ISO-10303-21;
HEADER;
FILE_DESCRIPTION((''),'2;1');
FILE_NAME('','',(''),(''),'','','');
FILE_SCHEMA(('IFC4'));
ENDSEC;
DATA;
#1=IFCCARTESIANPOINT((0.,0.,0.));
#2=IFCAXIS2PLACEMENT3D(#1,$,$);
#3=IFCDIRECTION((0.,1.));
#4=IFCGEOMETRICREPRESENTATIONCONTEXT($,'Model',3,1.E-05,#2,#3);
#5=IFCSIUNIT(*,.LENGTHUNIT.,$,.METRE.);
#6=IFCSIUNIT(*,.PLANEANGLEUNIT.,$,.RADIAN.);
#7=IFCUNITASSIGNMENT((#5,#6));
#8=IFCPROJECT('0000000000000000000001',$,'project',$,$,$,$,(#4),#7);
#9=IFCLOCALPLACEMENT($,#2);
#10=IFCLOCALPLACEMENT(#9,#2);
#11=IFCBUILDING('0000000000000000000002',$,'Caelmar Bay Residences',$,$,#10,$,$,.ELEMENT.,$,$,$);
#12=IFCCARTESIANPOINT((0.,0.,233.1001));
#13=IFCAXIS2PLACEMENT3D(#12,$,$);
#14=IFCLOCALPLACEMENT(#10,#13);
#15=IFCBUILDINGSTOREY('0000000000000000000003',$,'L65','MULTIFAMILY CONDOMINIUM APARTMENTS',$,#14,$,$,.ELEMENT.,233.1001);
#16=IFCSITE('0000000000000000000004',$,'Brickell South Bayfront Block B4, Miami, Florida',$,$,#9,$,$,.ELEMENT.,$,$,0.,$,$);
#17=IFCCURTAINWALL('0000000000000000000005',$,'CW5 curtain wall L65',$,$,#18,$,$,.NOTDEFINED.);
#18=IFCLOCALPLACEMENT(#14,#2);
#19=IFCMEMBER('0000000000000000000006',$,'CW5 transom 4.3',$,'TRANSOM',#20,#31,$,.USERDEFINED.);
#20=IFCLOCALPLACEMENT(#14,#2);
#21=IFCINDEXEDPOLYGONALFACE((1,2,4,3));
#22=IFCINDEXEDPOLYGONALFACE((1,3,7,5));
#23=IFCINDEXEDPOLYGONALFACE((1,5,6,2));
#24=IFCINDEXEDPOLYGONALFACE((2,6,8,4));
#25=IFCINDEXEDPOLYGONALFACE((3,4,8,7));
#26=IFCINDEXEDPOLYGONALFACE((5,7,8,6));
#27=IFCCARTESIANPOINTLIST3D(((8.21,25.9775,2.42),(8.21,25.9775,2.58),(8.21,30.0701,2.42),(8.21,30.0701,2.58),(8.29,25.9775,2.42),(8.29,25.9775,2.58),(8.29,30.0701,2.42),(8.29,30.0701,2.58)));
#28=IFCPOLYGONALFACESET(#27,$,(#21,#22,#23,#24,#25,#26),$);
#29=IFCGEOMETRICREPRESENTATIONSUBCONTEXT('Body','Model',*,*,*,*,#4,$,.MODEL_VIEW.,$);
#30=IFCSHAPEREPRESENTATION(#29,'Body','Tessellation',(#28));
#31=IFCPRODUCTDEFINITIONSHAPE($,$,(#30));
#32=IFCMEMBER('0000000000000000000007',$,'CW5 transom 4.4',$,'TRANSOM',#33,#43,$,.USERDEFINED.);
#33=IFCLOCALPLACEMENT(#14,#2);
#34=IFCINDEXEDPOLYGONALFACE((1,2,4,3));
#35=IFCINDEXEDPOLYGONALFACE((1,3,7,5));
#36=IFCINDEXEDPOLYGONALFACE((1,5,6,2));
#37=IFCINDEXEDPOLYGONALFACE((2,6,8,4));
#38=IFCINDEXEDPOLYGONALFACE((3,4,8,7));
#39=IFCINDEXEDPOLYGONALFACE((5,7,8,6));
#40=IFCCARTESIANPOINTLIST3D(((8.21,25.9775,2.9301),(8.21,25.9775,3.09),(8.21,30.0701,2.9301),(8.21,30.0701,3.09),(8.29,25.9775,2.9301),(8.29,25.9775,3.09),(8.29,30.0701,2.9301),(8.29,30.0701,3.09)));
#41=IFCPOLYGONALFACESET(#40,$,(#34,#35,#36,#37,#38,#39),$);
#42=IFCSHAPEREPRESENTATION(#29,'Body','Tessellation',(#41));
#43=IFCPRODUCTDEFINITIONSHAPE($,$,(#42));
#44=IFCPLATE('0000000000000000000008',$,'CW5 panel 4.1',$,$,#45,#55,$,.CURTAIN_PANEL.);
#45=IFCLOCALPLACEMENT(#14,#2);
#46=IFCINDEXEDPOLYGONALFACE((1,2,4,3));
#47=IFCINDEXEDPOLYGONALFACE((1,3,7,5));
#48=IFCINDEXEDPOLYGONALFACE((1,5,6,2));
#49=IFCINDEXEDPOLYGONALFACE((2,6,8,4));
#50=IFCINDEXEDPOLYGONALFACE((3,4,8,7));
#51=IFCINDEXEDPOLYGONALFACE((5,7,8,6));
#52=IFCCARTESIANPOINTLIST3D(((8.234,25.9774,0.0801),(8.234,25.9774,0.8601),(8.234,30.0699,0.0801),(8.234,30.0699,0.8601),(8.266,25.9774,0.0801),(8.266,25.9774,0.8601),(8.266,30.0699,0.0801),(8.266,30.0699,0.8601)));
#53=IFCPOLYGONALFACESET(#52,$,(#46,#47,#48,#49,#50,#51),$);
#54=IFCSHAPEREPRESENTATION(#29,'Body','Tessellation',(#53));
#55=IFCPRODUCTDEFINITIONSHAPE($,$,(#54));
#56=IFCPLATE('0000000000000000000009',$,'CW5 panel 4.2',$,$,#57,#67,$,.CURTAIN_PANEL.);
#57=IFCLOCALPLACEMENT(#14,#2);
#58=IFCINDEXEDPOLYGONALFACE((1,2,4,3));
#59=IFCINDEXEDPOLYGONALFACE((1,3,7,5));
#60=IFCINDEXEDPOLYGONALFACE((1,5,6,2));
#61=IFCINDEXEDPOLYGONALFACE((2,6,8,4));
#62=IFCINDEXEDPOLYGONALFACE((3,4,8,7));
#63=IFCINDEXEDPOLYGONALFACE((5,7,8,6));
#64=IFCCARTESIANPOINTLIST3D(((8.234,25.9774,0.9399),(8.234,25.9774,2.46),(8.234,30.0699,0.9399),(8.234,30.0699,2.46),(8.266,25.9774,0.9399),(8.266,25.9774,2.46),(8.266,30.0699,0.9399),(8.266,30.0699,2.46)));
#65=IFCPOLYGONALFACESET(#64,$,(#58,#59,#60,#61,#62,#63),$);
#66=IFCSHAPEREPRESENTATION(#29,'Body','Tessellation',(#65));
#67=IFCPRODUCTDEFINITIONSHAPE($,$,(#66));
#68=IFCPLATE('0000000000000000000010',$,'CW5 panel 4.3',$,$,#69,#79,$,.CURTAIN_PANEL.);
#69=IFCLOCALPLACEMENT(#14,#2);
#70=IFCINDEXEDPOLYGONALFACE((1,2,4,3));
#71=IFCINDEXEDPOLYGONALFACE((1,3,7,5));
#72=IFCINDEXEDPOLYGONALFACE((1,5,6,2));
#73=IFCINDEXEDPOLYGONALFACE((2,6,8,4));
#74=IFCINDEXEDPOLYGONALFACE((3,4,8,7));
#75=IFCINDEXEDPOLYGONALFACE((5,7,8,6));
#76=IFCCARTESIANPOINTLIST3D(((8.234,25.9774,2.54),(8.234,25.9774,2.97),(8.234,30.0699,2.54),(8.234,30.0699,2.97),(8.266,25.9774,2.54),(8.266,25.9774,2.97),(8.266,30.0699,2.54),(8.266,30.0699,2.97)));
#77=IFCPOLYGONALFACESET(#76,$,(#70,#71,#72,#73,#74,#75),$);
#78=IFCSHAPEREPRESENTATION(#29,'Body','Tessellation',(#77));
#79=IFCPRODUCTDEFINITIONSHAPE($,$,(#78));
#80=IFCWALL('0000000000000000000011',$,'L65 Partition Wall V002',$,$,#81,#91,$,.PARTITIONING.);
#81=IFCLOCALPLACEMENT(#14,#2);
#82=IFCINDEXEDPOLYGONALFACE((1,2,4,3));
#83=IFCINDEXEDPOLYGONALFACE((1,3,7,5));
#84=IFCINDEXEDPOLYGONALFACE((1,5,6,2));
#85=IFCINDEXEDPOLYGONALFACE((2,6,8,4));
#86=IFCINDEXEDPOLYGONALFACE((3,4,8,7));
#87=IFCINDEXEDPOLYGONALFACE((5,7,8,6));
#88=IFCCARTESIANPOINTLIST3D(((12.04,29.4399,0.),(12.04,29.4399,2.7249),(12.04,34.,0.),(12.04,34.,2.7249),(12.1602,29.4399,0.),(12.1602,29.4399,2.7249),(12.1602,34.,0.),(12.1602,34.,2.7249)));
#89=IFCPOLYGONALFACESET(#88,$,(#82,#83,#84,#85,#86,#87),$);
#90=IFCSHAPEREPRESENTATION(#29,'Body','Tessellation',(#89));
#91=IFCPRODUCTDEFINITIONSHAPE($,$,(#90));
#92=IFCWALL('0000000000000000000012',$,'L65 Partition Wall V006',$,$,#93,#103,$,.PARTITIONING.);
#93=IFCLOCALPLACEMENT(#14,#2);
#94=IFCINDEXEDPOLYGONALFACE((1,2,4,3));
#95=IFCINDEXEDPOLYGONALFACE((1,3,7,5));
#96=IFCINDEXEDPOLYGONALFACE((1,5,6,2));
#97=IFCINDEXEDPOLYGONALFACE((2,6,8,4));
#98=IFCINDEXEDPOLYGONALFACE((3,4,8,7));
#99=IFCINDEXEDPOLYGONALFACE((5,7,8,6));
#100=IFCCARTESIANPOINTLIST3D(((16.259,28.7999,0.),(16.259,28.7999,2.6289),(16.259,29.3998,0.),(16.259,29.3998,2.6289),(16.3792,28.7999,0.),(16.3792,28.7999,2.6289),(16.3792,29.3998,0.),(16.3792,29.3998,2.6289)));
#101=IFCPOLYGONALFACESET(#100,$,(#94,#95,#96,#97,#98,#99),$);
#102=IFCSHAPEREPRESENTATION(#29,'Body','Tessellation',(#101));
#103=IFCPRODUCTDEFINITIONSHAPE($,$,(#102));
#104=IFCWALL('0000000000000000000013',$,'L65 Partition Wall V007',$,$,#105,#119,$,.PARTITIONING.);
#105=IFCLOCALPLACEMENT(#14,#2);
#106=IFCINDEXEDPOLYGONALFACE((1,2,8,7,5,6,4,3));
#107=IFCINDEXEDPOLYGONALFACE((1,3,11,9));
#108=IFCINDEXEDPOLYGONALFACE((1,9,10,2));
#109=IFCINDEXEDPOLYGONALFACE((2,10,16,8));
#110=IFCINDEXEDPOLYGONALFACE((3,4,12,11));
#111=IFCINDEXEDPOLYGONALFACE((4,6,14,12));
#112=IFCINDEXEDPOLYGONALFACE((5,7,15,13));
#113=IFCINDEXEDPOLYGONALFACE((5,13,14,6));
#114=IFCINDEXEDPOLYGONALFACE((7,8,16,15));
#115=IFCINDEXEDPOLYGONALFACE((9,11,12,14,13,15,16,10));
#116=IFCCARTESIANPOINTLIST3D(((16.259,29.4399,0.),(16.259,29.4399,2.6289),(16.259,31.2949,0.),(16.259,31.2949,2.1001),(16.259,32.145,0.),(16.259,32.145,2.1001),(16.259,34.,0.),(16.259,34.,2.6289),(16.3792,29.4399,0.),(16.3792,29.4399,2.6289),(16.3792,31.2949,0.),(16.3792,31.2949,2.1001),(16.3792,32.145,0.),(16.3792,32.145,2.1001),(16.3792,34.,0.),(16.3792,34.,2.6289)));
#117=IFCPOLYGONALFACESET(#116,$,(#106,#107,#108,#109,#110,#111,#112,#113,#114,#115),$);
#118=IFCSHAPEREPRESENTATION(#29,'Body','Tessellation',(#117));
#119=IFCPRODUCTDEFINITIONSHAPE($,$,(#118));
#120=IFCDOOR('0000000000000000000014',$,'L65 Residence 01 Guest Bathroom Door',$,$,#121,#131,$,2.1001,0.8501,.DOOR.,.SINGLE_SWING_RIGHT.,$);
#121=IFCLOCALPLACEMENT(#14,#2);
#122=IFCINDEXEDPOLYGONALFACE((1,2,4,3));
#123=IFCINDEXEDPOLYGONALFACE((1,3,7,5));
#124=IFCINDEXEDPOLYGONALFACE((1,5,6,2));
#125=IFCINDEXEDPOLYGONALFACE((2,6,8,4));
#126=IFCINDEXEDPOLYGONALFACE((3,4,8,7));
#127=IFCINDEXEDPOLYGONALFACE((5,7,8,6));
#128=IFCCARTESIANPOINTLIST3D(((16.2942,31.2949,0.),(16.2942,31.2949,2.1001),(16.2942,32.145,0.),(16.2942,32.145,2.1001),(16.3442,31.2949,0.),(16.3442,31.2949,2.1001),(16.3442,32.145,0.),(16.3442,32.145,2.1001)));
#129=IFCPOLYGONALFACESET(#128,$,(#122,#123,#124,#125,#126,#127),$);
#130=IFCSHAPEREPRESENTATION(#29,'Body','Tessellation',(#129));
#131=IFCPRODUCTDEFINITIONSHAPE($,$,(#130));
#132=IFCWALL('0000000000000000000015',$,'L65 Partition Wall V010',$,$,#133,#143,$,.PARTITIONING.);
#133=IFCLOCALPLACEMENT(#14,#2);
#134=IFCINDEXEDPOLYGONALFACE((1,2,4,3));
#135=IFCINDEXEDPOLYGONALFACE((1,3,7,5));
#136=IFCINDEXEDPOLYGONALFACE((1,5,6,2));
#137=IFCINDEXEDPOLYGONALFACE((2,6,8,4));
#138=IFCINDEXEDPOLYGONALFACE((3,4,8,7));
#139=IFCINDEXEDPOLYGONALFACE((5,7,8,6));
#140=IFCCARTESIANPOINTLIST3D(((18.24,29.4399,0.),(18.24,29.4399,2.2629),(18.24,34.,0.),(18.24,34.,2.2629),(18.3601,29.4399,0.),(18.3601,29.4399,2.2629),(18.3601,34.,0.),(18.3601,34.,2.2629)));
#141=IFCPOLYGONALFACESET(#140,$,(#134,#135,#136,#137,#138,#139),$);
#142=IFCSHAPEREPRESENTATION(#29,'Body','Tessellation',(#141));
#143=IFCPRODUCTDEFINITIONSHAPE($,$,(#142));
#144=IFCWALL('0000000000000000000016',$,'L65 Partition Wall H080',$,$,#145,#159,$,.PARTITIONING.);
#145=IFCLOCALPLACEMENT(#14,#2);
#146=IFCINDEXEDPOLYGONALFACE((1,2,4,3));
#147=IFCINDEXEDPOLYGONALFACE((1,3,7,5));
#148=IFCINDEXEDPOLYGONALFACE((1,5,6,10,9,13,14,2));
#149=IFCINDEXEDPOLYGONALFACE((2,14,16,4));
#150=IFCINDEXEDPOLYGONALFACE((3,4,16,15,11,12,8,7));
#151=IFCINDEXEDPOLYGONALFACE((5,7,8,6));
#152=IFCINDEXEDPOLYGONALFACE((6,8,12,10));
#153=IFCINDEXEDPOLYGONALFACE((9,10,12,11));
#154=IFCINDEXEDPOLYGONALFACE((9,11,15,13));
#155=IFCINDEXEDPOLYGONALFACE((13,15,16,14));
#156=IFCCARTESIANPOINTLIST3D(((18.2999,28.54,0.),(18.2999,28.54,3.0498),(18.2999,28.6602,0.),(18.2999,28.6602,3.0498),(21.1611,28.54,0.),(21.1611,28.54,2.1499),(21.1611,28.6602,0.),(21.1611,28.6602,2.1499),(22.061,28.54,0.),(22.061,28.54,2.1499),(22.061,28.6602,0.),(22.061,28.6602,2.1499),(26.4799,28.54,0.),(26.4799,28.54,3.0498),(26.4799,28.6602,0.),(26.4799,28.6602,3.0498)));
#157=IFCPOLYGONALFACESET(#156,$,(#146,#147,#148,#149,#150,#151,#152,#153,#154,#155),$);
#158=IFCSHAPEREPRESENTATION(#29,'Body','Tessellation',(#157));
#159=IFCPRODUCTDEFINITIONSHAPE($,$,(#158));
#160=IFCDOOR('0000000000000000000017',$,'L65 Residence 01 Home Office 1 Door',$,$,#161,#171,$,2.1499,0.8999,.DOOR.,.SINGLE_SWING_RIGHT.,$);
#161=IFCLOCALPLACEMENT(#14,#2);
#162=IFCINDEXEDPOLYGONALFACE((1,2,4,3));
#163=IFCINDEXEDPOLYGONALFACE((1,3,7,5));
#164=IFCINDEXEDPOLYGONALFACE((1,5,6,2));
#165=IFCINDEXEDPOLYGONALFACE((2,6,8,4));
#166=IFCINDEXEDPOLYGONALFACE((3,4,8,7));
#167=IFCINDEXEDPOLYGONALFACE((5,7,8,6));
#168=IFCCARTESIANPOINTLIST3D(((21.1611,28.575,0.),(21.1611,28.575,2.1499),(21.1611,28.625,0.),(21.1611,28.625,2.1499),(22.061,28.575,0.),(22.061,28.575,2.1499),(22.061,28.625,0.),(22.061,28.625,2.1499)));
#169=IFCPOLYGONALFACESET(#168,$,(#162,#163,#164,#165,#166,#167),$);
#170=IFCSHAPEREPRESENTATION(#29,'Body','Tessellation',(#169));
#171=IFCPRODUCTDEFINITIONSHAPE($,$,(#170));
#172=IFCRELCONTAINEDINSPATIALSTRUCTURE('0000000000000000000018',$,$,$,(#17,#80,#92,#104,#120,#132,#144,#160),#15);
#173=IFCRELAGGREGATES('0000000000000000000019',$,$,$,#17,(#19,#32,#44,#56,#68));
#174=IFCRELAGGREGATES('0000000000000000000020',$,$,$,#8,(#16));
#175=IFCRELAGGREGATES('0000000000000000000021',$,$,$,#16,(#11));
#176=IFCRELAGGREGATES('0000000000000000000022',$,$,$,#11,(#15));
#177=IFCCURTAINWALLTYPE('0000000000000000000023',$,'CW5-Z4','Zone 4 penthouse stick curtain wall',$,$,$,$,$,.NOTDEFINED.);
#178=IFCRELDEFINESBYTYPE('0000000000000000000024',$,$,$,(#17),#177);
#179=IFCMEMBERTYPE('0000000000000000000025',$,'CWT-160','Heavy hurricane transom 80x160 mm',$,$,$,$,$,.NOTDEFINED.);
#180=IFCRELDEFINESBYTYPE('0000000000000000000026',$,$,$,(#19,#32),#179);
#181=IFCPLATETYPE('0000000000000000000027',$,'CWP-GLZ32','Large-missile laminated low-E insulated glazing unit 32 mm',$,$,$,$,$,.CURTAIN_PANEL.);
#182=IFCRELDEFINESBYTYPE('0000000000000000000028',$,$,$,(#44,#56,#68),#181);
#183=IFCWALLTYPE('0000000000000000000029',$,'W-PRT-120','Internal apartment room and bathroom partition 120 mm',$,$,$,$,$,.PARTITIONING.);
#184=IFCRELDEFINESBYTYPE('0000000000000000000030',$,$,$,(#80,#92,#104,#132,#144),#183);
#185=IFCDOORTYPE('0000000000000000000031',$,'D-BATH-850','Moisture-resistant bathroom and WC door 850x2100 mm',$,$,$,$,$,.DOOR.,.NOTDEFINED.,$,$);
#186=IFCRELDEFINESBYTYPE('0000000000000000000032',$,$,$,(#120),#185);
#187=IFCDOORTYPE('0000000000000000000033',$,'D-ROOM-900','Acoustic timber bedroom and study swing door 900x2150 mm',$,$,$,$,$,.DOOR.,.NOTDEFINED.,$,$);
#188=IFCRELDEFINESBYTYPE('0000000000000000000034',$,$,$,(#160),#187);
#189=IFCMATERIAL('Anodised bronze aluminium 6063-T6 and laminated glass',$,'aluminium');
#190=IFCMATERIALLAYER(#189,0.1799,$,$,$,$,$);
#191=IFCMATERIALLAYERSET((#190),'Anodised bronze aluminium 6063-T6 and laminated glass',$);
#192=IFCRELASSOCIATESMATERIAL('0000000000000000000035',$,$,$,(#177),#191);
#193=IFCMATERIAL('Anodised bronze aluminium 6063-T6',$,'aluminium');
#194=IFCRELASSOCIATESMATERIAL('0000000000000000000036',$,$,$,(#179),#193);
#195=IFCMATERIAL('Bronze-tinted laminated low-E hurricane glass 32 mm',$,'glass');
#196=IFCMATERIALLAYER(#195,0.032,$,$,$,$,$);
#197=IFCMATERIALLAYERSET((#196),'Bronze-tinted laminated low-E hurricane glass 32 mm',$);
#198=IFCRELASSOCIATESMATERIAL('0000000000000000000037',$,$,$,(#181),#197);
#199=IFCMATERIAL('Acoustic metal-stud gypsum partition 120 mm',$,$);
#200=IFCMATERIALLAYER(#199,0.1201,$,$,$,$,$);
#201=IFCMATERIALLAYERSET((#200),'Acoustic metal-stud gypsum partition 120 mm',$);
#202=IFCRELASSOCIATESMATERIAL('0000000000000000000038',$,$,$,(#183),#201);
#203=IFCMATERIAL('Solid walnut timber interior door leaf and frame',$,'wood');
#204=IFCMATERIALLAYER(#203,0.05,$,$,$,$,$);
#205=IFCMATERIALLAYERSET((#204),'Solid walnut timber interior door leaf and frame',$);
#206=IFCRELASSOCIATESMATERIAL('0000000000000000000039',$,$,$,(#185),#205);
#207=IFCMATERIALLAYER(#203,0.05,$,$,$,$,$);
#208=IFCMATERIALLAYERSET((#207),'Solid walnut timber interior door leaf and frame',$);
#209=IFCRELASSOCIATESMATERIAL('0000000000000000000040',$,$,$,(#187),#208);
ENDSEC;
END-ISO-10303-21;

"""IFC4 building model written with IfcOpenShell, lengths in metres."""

from ifc_helpers import new_model, si_unit, direction, frame, frame_2d, origin, origin_2d, place, context, subcontext, project, spatial, rectangle, extrude, material, layer, layer_set, material_profile, profile_set, type_object, element, fill, aggregate, save


model = new_model("IFC4")

# Units and contexts
model_context = context("Model", 3, precision=1e-05, world=origin(), true_north=direction((0.0, 1.0)))
body_context = subcontext(model_context, "Body", "Model", "MODEL_VIEW")
ifc_project = project(units=[si_unit("LENGTHUNIT", "METRE"), si_unit("PLANEANGLEUNIT", "RADIAN")], contexts=[model_context])

# Site, building, storey
site_placement = place(None, origin())
site = spatial("IfcSite", under=ifc_project, at=site_placement, Name="Brickell South Bayfront Block B4, Miami, Florida", CompositionType="ELEMENT", RefElevation=0.0)
building_placement = place(site_placement, origin())
building = spatial("IfcBuilding", under=site, at=building_placement, Name="Caelmar Bay Residences", CompositionType="ELEMENT")
storey_placement = place(building_placement, frame((0.0, 0.0, 233.1001)))
storey = spatial("IfcBuildingStorey", under=building, at=storey_placement, Name="L65", Description="MULTIFAMILY CONDOMINIUM APARTMENTS", CompositionType="ELEMENT", Elevation=233.1001)

# Curtain wall, members, plates
ifc_material_1 = material(Name="Anodised bronze aluminium 6063-T6 and laminated glass", Category="aluminium")
ifc_layer_1 = layer(ifc_material_1, 0.1799)
ifc_layer_set_1 = layer_set([ifc_layer_1], Name="Anodised bronze aluminium 6063-T6 and laminated glass")
curtain_wall_type = type_object("IfcCurtainWallType", Name="CW5-Z4", Description="Zone 4 penthouse stick curtain wall", PredefinedType="NOTDEFINED", material=ifc_layer_set_1)
curtain_wall_placement = place(storey_placement, origin())
curtain_wall = element("IfcCurtainWall", 1, at=curtain_wall_placement, inside=storey, type_object=curtain_wall_type, Name="CW5 curtain wall L65", PredefinedType="NOTDEFINED")
ifc_material_2 = material(Name="Anodised bronze aluminium 6063-T6", Category="aluminium")
ifc_material_profile_1 = material_profile(ifc_material_2, rectangle(XDim=0.0801, YDim=0.1599, at=origin_2d()), Name="CWT-80X160")
ifc_profile_set_1 = profile_set([ifc_material_profile_1], Name="Anodised bronze aluminium 6063-T6")
member_type_1 = type_object("IfcMemberType", Name="CWT-160", Description="Heavy hurricane transom 80x160 mm", PredefinedType="NOTDEFINED", material=ifc_profile_set_1)
member_1_placement = place(storey_placement, frame((8.25, 25.9775, 2.5), z_axis=(0.0, 1.0, 0.0), x_axis=(-1.0, 0.0, 0.0)))
member_1 = element("IfcMember", 2, at=member_1_placement, type_object=member_type_1, Name="CW5 transom 4.3", ObjectType="TRANSOM", PredefinedType="USERDEFINED", context=body_context, shape_type="SweptSolid", body=[
    extrude(rectangle(XDim=0.0801, YDim=0.1599, at=origin_2d()), origin(), (0.0, 0.0, 1.0), 4.0925),
])
member_2_placement = place(storey_placement, frame((8.25, 25.9775, 3.01), z_axis=(0.0, 1.0, 0.0), x_axis=(-1.0, 0.0, 0.0)))
member_2 = element("IfcMember", 3, at=member_2_placement, type_object=member_type_1, Name="CW5 transom 4.4", ObjectType="TRANSOM", PredefinedType="USERDEFINED", context=body_context, shape_type="SweptSolid", body=[
    extrude(rectangle(XDim=0.0801, YDim=0.1599, at=origin_2d()), origin(), (0.0, 0.0, 1.0), 4.0925),
])
ifc_material_3 = material(Name="Bronze-tinted laminated low-E hurricane glass 32 mm", Category="glass")
ifc_layer_2 = layer(ifc_material_3, 0.032)
ifc_layer_set_2 = layer_set([ifc_layer_2], Name="Bronze-tinted laminated low-E hurricane glass 32 mm")
plate_type = type_object("IfcPlateType", Name="CWP-GLZ32", Description="Large-missile laminated low-E insulated glazing unit 32 mm", PredefinedType="CURTAIN_PANEL", material=ifc_layer_set_2)
plate_1_placement = place(storey_placement, frame((8.25, 28.0237, 0.0801), z_axis=(0.0, 0.0, 1.0), x_axis=(0.0, 1.0, 0.0)))
plate_1 = element("IfcPlate", 4, at=plate_1_placement, type_object=plate_type, Name="CW5 panel 4.1", PredefinedType="CURTAIN_PANEL", context=body_context, shape_type="SweptSolid", body=[
    extrude(rectangle(XDim=4.0925, YDim=0.032, at=origin_2d()), origin(), (0.0, 0.0, 1.0), 0.78),
])
plate_2_placement = place(storey_placement, frame((8.25, 28.0237, 0.9399), z_axis=(0.0, 0.0, 1.0), x_axis=(0.0, 1.0, 0.0)))
plate_2 = element("IfcPlate", 5, at=plate_2_placement, type_object=plate_type, Name="CW5 panel 4.2", PredefinedType="CURTAIN_PANEL", context=body_context, shape_type="SweptSolid", body=[
    extrude(rectangle(XDim=4.0925, YDim=0.032, at=origin_2d()), origin(), (0.0, 0.0, 1.0), 1.52),
])
plate_3_placement = place(storey_placement, frame((8.25, 28.0237, 2.54), z_axis=(0.0, 0.0, 1.0), x_axis=(0.0, 1.0, 0.0)))
plate_3 = element("IfcPlate", 6, at=plate_3_placement, type_object=plate_type, Name="CW5 panel 4.3", PredefinedType="CURTAIN_PANEL", context=body_context, shape_type="SweptSolid", body=[
    extrude(rectangle(XDim=4.0925, YDim=0.032, at=origin_2d()), origin(), (0.0, 0.0, 1.0), 0.4299),
])
aggregate(curtain_wall, [member_1, member_2, plate_1, plate_2, plate_3])

# Walls
ifc_material_4 = material(Name="Acoustic metal-stud gypsum partition 120 mm")
ifc_layer_3 = layer(ifc_material_4, 0.1201)
ifc_layer_set_3 = layer_set([ifc_layer_3], Name="Acoustic metal-stud gypsum partition 120 mm")
wall_type = type_object("IfcWallType", Name="W-PRT-120", Description="Internal apartment room and bathroom partition 120 mm", PredefinedType="PARTITIONING", material=ifc_layer_set_3)
wall_1_placement = place(storey_placement, frame((12.1001, 29.4399, 0.0), z_axis=(0.0, 0.0, 1.0), x_axis=(0.0, 1.0, 0.0)))
element("IfcWall", 7, at=wall_1_placement, inside=storey, type_object=wall_type, Name="L65 Partition Wall V002", PredefinedType="PARTITIONING", context=body_context, shape_type="SweptSolid", body=[
    extrude(rectangle(XDim=4.5601, YDim=0.1201, at=frame_2d((2.28, 0.0))), origin(), (0.0, 0.0, 1.0), 2.7249),
])
wall_2_placement = place(storey_placement, frame((16.3191, 28.8, 0.0), z_axis=(0.0, 0.0, 1.0), x_axis=(0.0, 1.0, 0.0)))
element("IfcWall", 8, at=wall_2_placement, inside=storey, type_object=wall_type, Name="L65 Partition Wall V006", PredefinedType="PARTITIONING", context=body_context, shape_type="SweptSolid", body=[
    extrude(rectangle(XDim=0.5999, YDim=0.1201, at=frame_2d((0.2998, 0.0))), origin(), (0.0, 0.0, 1.0), 2.6289),
])

# Wall, opening, door
wall_3_placement = place(storey_placement, frame((16.3191, 29.4399, 0.0), z_axis=(0.0, 0.0, 1.0), x_axis=(0.0, 1.0, 0.0)))
wall_3 = element("IfcWall", 9, at=wall_3_placement, inside=storey, type_object=wall_type, Name="L65 Partition Wall V007", PredefinedType="PARTITIONING", context=body_context, shape_type="SweptSolid", body=[
    extrude(rectangle(XDim=4.5601, YDim=0.1201, at=frame_2d((2.28, 0.0))), origin(), (0.0, 0.0, 1.0), 2.6289),
])
opening_1_placement = place(wall_3_placement, frame((1.855, 0.0, 0.0)))
opening_1 = element("IfcOpeningElement", 10, at=opening_1_placement, cuts=wall_3, PredefinedType="OPENING", context=body_context, shape_type="SweptSolid", body=[
    extrude(rectangle(XDim=0.8501, YDim=2.1001, at=frame_2d((0.425, 1.05))), frame((0.0, 0.0701, 0.0), z_axis=(0.0, -1.0, 0.0), x_axis=(1.0, 0.0, 0.0)), (0.0, 0.0, 1.0), 0.1401),
])
ifc_material_5 = material(Name="Solid walnut timber interior door leaf and frame", Category="wood")
ifc_layer_4 = layer(ifc_material_5, 0.05)
ifc_layer_set_4 = layer_set([ifc_layer_4], Name="Solid walnut timber interior door leaf and frame")
door_type_1 = type_object("IfcDoorType", Name="D-BATH-850", Description="Moisture-resistant bathroom and WC door 850x2100 mm", OperationType="NOTDEFINED", PredefinedType="DOOR", material=ifc_layer_set_4)
door_1_placement = place(opening_1_placement, origin())
door_1 = element("IfcDoor", 11, at=door_1_placement, inside=storey, type_object=door_type_1, Name="L65 Residence 01 Guest Bathroom Door", OperationType="SINGLE_SWING_RIGHT", OverallHeight=2.1001, OverallWidth=0.8501, PredefinedType="DOOR", context=body_context, shape_type="SweptSolid", body=[
    extrude(rectangle(XDim=0.8501, YDim=2.1001, at=frame_2d((0.425, 1.05))), frame((0.0, 0.0249, 0.0), z_axis=(0.0, -1.0, 0.0), x_axis=(1.0, 0.0, 0.0)), (0.0, 0.0, 1.0), 0.05),
])
fill(opening_1, door_1)

# Wall
wall_4_placement = place(storey_placement, frame((18.3, 29.4399, 0.0), z_axis=(0.0, 0.0, 1.0), x_axis=(0.0, 1.0, 0.0)))
element("IfcWall", 12, at=wall_4_placement, inside=storey, type_object=wall_type, Name="L65 Partition Wall V010", PredefinedType="PARTITIONING", context=body_context, shape_type="SweptSolid", body=[
    extrude(rectangle(XDim=4.5601, YDim=0.1201, at=frame_2d((2.28, 0.0))), origin(), (0.0, 0.0, 1.0), 2.2629),
])

# Wall, opening, door
wall_5_placement = place(storey_placement, frame((18.3, 28.6001, 0.0), z_axis=(0.0, 0.0, 1.0), x_axis=(1.0, 0.0, 0.0)))
wall_5 = element("IfcWall", 13, at=wall_5_placement, inside=storey, type_object=wall_type, Name="L65 Partition Wall H080", PredefinedType="PARTITIONING", context=body_context, shape_type="SweptSolid", body=[
    extrude(rectangle(XDim=8.1799, YDim=0.1201, at=frame_2d((4.0898, 0.0))), origin(), (0.0, 0.0, 1.0), 3.0498),
])
opening_2_placement = place(wall_5_placement, frame((2.8611, 0.0, 0.0)))
opening_2 = element("IfcOpeningElement", 14, at=opening_2_placement, cuts=wall_5, PredefinedType="OPENING", context=body_context, shape_type="SweptSolid", body=[
    extrude(rectangle(XDim=0.8999, YDim=2.1499, at=frame_2d((0.45, 1.075))), frame((0.0, 0.0701, 0.0), z_axis=(0.0, -1.0, 0.0), x_axis=(1.0, 0.0, 0.0)), (0.0, 0.0, 1.0), 0.1401),
])
ifc_layer_5 = layer(ifc_material_5, 0.05)
ifc_layer_set_5 = layer_set([ifc_layer_5], Name="Solid walnut timber interior door leaf and frame")
door_type_2 = type_object("IfcDoorType", Name="D-ROOM-900", Description="Acoustic timber bedroom and study swing door 900x2150 mm", OperationType="NOTDEFINED", PredefinedType="DOOR", material=ifc_layer_set_5)
door_2_placement = place(opening_2_placement, origin())
door_2 = element("IfcDoor", 15, at=door_2_placement, inside=storey, type_object=door_type_2, Name="L65 Residence 01 Home Office 1 Door", OperationType="SINGLE_SWING_RIGHT", OverallHeight=2.1499, OverallWidth=0.8999, PredefinedType="DOOR", context=body_context, shape_type="SweptSolid", body=[
    extrude(rectangle(XDim=0.8999, YDim=2.1499, at=frame_2d((0.45, 1.075))), frame((0.0, 0.0249, 0.0), z_axis=(0.0, -1.0, 0.0), x_axis=(1.0, 0.0, 0.0)), (0.0, 0.0, 1.0), 0.05),
])
fill(opening_2, door_2)

save(model, "model.ifc")
